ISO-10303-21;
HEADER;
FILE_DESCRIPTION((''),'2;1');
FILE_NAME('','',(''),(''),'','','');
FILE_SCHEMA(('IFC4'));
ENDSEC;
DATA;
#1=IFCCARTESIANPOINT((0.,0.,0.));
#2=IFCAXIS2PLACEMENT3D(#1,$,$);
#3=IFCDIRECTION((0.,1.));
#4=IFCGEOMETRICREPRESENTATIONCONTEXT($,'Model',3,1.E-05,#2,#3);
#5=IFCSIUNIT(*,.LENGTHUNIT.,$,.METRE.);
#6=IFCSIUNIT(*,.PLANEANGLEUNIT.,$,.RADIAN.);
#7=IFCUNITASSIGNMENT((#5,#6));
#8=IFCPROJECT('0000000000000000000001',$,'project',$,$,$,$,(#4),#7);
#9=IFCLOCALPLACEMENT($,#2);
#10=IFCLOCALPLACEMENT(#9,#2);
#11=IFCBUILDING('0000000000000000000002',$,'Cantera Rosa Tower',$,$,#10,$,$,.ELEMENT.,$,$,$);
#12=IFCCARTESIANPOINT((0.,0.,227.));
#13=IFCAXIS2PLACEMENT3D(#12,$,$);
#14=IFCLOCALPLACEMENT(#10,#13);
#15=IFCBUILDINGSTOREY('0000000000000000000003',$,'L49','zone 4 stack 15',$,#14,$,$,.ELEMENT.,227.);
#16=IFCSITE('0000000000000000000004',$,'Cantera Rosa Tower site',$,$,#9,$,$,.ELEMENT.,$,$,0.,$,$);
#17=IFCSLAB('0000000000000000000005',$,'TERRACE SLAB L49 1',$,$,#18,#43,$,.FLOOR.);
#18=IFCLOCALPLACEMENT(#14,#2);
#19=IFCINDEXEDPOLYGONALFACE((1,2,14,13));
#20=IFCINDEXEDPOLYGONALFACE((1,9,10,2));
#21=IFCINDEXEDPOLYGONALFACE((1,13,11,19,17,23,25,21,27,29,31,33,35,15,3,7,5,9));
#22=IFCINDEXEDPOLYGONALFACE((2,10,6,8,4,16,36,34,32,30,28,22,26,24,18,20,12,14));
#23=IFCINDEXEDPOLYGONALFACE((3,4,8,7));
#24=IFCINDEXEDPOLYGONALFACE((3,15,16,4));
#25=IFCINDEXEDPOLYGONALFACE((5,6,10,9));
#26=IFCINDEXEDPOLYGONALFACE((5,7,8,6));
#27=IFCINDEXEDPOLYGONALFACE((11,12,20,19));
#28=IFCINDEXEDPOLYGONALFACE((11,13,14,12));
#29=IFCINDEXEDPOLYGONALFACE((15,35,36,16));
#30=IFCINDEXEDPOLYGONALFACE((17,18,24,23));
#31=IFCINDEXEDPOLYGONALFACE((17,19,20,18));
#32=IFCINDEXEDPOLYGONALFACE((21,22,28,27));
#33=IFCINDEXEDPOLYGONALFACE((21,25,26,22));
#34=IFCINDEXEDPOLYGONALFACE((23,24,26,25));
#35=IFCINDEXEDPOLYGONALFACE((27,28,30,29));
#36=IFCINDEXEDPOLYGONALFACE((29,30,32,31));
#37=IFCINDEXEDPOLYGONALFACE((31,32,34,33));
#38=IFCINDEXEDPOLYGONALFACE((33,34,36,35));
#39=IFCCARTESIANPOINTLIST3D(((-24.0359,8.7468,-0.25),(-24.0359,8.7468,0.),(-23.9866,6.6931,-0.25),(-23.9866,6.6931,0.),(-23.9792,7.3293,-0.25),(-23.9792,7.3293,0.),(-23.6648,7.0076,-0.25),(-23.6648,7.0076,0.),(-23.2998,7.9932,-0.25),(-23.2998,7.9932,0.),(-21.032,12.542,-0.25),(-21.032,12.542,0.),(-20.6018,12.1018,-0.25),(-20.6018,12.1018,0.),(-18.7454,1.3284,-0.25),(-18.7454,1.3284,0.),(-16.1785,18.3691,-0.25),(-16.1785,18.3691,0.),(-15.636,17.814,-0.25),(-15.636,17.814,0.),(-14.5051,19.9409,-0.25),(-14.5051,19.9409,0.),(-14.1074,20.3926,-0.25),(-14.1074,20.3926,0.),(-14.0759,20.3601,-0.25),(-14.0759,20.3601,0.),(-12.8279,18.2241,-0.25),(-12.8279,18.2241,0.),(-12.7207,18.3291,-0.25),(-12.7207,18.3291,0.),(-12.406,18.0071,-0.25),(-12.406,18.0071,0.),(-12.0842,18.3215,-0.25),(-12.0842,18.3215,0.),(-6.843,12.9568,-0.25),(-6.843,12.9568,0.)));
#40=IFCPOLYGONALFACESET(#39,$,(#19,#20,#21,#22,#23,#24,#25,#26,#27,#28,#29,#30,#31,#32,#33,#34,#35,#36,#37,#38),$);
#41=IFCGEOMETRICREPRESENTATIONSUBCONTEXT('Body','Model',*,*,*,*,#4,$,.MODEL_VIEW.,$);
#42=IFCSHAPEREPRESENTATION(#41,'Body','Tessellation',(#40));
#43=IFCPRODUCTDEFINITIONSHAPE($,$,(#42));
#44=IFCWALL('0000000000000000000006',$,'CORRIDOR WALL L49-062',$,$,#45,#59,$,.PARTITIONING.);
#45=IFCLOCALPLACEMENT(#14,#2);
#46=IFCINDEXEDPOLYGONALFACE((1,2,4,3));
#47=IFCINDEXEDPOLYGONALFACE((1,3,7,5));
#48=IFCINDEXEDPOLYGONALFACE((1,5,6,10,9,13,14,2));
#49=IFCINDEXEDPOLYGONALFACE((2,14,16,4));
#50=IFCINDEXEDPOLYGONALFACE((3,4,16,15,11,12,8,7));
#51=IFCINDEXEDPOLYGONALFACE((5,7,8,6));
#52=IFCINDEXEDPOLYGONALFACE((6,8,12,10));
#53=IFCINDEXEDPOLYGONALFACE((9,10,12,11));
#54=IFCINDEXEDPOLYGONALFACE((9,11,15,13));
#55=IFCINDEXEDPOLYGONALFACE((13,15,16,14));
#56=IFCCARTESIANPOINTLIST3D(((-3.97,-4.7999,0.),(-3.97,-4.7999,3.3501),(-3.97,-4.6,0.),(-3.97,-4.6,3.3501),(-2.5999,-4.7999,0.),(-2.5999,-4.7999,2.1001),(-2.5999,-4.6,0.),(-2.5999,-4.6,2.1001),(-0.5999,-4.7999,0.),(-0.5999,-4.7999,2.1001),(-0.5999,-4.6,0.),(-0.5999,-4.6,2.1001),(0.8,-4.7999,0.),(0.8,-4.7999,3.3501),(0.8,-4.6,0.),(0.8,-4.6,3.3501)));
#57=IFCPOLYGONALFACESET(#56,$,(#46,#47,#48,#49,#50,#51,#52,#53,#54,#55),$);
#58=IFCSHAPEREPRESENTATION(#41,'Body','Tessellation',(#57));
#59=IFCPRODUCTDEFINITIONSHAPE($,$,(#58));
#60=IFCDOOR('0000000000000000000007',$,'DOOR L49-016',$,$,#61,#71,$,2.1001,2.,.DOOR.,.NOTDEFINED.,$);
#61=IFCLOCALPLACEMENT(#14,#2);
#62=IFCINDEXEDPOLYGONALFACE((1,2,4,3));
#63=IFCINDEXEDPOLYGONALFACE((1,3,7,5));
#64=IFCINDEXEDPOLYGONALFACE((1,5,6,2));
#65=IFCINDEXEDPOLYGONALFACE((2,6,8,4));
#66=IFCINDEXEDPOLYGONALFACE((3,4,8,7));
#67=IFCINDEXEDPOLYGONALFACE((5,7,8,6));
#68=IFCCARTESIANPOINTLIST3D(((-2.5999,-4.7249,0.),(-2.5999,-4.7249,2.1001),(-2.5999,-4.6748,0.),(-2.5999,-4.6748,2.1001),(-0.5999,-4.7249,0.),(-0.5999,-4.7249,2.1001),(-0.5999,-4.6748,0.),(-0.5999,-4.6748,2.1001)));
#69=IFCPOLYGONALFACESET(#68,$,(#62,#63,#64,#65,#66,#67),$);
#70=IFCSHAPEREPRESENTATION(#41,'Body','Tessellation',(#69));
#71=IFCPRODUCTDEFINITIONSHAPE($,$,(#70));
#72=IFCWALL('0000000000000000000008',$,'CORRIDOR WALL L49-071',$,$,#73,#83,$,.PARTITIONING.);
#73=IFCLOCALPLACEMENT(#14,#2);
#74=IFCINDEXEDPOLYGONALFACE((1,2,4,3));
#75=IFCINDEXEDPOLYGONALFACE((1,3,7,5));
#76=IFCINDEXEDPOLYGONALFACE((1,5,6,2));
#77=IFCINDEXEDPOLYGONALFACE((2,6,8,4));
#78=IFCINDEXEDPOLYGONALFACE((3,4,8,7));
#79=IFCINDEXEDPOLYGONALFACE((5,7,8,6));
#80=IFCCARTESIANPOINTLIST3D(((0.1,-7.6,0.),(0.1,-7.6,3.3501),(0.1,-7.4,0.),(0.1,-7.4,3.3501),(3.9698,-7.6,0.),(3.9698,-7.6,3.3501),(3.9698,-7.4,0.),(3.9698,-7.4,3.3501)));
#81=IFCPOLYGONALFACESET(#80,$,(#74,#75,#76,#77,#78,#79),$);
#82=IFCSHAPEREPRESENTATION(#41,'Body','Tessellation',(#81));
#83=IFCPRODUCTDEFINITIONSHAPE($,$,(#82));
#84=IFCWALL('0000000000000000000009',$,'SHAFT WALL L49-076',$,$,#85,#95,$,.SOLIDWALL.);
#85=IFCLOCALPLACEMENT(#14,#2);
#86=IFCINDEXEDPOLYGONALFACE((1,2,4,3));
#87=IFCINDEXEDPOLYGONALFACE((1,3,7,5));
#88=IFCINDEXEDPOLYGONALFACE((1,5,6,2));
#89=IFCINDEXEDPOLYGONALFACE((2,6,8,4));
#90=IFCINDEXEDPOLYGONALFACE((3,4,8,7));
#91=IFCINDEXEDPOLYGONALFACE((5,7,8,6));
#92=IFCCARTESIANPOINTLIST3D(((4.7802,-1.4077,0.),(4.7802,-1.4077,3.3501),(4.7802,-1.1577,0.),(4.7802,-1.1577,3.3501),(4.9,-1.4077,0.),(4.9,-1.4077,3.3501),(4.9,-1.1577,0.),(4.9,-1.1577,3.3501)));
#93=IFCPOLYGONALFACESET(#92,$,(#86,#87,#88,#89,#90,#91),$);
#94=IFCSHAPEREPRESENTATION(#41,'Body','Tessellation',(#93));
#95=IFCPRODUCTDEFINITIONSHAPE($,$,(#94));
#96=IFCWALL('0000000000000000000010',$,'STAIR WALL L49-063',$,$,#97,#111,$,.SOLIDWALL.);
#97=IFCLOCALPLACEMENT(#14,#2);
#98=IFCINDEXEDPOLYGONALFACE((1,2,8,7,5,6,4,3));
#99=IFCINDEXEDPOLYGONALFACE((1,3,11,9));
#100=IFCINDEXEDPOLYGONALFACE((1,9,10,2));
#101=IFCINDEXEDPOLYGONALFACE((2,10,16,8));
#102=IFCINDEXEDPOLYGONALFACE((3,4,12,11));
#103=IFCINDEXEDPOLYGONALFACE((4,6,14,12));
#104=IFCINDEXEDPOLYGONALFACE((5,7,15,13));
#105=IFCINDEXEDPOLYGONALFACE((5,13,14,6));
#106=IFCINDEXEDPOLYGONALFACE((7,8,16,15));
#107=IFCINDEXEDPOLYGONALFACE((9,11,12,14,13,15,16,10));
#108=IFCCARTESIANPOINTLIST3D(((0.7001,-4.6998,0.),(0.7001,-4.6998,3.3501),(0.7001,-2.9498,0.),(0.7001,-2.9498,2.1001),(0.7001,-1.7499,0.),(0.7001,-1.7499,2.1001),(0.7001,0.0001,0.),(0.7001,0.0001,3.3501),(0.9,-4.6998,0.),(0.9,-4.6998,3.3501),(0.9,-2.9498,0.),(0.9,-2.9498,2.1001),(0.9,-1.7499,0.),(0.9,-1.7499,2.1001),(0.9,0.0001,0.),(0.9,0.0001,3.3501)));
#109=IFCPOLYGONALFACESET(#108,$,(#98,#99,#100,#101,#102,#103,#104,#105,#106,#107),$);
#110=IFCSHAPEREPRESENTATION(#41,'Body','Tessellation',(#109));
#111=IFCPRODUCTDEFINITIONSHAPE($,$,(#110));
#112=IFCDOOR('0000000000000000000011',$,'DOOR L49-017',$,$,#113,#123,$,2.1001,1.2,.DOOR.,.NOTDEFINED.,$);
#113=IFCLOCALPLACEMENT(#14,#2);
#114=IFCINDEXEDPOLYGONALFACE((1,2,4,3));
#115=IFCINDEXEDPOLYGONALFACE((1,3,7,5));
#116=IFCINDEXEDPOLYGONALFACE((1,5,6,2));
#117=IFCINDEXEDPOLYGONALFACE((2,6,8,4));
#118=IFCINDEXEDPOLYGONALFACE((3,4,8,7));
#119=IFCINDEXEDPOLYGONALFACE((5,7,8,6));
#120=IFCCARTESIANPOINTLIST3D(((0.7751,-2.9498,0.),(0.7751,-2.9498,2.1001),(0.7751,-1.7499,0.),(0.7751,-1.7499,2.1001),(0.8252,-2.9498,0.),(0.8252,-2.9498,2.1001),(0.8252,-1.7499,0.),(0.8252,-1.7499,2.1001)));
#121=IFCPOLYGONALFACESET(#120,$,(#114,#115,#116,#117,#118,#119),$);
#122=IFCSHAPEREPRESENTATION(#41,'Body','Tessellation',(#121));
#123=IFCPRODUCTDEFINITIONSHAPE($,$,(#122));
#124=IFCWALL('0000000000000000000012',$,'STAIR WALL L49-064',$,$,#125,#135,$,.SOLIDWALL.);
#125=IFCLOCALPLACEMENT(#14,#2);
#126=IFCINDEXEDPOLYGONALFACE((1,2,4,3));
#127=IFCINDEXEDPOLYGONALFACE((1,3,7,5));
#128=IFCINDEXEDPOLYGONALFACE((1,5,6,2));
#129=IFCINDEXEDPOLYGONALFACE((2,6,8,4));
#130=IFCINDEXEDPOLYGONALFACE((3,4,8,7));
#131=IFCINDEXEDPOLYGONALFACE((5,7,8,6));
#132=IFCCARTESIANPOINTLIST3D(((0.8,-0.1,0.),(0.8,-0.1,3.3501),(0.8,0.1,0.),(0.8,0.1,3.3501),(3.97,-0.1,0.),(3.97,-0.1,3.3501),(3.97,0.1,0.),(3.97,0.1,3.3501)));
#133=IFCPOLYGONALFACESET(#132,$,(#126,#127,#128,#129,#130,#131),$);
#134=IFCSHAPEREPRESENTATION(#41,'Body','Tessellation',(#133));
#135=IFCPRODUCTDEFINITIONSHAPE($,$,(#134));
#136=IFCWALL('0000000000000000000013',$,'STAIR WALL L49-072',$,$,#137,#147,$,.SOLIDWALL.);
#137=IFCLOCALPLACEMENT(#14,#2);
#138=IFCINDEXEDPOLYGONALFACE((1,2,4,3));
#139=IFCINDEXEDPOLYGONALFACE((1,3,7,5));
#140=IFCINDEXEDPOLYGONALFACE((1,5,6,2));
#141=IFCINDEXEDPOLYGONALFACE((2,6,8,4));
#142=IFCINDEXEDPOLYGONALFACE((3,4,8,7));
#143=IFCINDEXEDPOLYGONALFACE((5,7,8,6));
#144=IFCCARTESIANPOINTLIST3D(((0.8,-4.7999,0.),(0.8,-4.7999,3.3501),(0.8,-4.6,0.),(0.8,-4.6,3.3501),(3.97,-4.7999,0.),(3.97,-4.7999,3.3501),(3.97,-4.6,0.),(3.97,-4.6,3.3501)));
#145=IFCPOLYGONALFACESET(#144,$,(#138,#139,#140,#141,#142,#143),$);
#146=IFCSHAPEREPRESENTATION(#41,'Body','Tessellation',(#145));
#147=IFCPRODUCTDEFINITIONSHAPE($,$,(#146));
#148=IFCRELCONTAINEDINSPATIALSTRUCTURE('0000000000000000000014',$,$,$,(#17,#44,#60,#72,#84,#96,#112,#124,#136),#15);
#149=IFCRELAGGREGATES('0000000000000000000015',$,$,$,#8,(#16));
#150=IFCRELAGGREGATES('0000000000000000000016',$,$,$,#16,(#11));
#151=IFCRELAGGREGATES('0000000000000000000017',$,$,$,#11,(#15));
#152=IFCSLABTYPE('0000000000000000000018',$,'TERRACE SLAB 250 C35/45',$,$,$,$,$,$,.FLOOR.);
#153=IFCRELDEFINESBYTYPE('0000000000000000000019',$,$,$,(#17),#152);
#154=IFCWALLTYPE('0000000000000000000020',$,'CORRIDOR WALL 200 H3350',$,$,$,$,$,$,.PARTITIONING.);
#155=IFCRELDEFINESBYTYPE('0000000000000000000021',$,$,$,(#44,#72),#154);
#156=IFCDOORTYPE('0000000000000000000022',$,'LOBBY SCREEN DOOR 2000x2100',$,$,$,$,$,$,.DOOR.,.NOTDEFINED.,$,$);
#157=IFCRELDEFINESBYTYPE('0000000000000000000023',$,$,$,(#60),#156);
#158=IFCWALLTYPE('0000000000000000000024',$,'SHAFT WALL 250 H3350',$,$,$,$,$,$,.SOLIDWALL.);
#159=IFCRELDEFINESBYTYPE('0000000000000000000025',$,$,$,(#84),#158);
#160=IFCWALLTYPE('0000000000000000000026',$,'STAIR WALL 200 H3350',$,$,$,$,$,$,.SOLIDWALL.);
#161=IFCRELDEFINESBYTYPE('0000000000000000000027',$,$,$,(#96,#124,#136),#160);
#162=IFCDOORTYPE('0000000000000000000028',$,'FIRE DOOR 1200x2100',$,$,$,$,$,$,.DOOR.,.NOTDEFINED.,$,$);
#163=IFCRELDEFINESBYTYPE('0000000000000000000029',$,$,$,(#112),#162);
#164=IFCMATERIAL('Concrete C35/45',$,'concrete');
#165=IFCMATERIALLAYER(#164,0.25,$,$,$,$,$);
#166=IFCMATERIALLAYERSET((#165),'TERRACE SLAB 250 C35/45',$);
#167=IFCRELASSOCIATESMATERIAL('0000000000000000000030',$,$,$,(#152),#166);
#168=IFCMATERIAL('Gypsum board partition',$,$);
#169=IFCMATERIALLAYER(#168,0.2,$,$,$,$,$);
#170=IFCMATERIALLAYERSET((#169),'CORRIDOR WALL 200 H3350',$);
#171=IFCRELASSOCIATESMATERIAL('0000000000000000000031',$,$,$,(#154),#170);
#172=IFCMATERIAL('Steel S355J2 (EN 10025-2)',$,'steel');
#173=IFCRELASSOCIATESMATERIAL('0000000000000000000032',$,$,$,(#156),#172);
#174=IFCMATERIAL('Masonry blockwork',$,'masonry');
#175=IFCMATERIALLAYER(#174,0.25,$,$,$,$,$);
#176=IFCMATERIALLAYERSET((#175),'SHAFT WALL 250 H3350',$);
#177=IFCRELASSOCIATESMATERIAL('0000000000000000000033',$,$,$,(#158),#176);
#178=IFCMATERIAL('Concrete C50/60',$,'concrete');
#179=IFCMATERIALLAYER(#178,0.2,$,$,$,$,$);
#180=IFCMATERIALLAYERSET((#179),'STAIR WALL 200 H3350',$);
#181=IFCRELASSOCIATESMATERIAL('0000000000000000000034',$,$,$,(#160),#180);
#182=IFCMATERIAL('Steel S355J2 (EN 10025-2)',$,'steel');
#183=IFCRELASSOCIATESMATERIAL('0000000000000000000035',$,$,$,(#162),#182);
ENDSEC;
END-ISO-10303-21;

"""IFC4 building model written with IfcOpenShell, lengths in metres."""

from ifc_helpers import new_model, si_unit, direction, frame, frame_2d, origin, place, context, subcontext, project, spatial, polyline, rectangle, outline, extrude, material, layer, layer_set, type_object, element, fill, save


model = new_model("IFC4")

# Units and contexts
model_context = context("Model", 3, precision=1e-05, world=origin(), true_north=direction((0.0, 1.0)))
body_context = subcontext(model_context, "Body", "Model", "MODEL_VIEW")
ifc_project = project(units=[si_unit("LENGTHUNIT", "METRE"), si_unit("PLANEANGLEUNIT", "RADIAN")], contexts=[model_context])

# Site, building, storey
site_placement = place(None, origin())
site = spatial("IfcSite", under=ifc_project, at=site_placement, Name="Cantera Rosa Tower site", CompositionType="ELEMENT", RefElevation=0.0)
building_placement = place(site_placement, origin())
building = spatial("IfcBuilding", under=site, at=building_placement, Name="Cantera Rosa Tower", CompositionType="ELEMENT")
storey_placement = place(building_placement, frame((0.0, 0.0, 227.0)))
storey = spatial("IfcBuildingStorey", under=building, at=storey_placement, Name="L49", Description="zone 4 stack 15", CompositionType="ELEMENT", Elevation=227.0)

# Slab
ifc_material_1 = material(Name="Concrete C35/45", Category="concrete")
ifc_layer_1 = layer(ifc_material_1, 0.25)
ifc_layer_set_1 = layer_set([ifc_layer_1], Name="TERRACE SLAB 250 C35/45")
slab_type_1 = type_object("IfcSlabType", Name="TERRACE SLAB 250 C35/45", PredefinedType="FLOOR", material=ifc_layer_set_1)
slab_1_placement = place(storey_placement, frame((0.0, 0.0, -0.25)))
element("IfcSlab", 1, at=slab_1_placement, inside=storey, type_object=slab_type_1, Name="TERRACE SLAB L49 1", PredefinedType="FLOOR", context=body_context, shape_type="SweptSolid", body=[
    extrude(outline(polyline([(-18.7454, 1.3284), (-23.9866, 6.6931), (-23.6648, 7.0076), (-23.9792, 7.3293), (-23.2998, 7.9932), (-24.0359, 8.7468), (-20.6018, 12.1018), (-21.032, 12.542), (-15.636, 17.814), (-16.1785, 18.3691), (-14.1074, 20.3926), (-14.0759, 20.3601), (-14.5051, 19.9409), (-12.8279, 18.2241), (-12.7207, 18.3291), (-12.406, 18.0071), (-12.0842, 18.3215), (-6.843, 12.9568), (-18.7454, 1.3284)])), origin(), (0.0, 0.0, 1.0), 0.25),
])

# Wall, opening, door
ifc_material_2 = material(Name="Gypsum board partition")
ifc_layer_2 = layer(ifc_material_2, 0.2)
ifc_layer_set_2 = layer_set([ifc_layer_2], Name="CORRIDOR WALL 200 H3350")
wall_type_1 = type_object("IfcWallType", Name="CORRIDOR WALL 200 H3350", PredefinedType="PARTITIONING", material=ifc_layer_set_2)
wall_1_placement = place(storey_placement, frame((0.8, -4.7, 0.0), z_axis=(0.0, 0.0, 1.0), x_axis=(-1.0, 0.0, 0.0)))
wall_1 = element("IfcWall", 2, at=wall_1_placement, inside=storey, type_object=wall_type_1, Name="CORRIDOR WALL L49-062", PredefinedType="PARTITIONING", context=body_context, shape_type="SweptSolid", body=[
    extrude(rectangle(XDim=4.77, YDim=0.2, at=frame_2d((2.385, 0.0))), origin(), (0.0, 0.0, 1.0), 3.3501),
])
opening_1_placement = place(wall_1_placement, frame((1.3999, 0.0, 0.0)))
opening_1 = element("IfcOpeningElement", 3, at=opening_1_placement, cuts=wall_1, PredefinedType="OPENING", context=body_context, shape_type="SweptSolid", body=[
    extrude(rectangle(XDim=2.0, YDim=2.1001, at=frame_2d((1.0, 1.05))), frame((0.0, 0.1099, 0.0), z_axis=(0.0, -1.0, 0.0), x_axis=(1.0, 0.0, 0.0)), (0.0, 0.0, 1.0), 0.22),
])
ifc_material_3 = material(Name="Steel S355J2 (EN 10025-2)", Category="steel")
door_type_1 = type_object("IfcDoorType", Name="LOBBY SCREEN DOOR 2000x2100", OperationType="NOTDEFINED", PredefinedType="DOOR", material=ifc_material_3)
door_1_placement = place(opening_1_placement, origin())
door_1 = element("IfcDoor", 4, at=door_1_placement, inside=storey, type_object=door_type_1, Name="DOOR L49-016", OperationType="NOTDEFINED", OverallHeight=2.1001, OverallWidth=2.0, PredefinedType="DOOR", context=body_context, shape_type="SweptSolid", body=[
    extrude(rectangle(XDim=2.0, YDim=2.1001, at=frame_2d((1.0, 1.05))), frame((0.0, 0.0249, 0.0), z_axis=(0.0, -1.0, 0.0), x_axis=(1.0, 0.0, 0.0)), (0.0, 0.0, 1.0), 0.05),
])
fill(opening_1, door_1)

# Walls
wall_2_placement = place(storey_placement, frame((3.97, -7.5, 0.0), z_axis=(0.0, 0.0, 1.0), x_axis=(-1.0, 0.0, 0.0)))
element("IfcWall", 5, at=wall_2_placement, inside=storey, type_object=wall_type_1, Name="CORRIDOR WALL L49-071", PredefinedType="PARTITIONING", context=body_context, shape_type="SweptSolid", body=[
    extrude(rectangle(XDim=3.8699, YDim=0.2, at=frame_2d((1.9351, 0.0))), origin(), (0.0, 0.0, 1.0), 3.3501),
])
ifc_material_4 = material(Name="Masonry blockwork", Category="masonry")
ifc_layer_3 = layer(ifc_material_4, 0.25)
ifc_layer_set_3 = layer_set([ifc_layer_3], Name="SHAFT WALL 250 H3350")
wall_type_2 = type_object("IfcWallType", Name="SHAFT WALL 250 H3350", PredefinedType="SOLIDWALL", material=ifc_layer_set_3)
wall_3_placement = place(storey_placement, frame((4.78, -1.2827, 0.0), z_axis=(0.0, 0.0, 1.0), x_axis=(1.0, 0.0, 0.0)))
element("IfcWall", 6, at=wall_3_placement, inside=storey, type_object=wall_type_2, Name="SHAFT WALL L49-076", PredefinedType="SOLIDWALL", context=body_context, shape_type="SweptSolid", body=[
    extrude(rectangle(XDim=0.1199, YDim=0.25, at=frame_2d((0.0601, 0.0))), origin(), (0.0, 0.0, 1.0), 3.3501),
])

# Wall, opening, door
ifc_material_5 = material(Name="Concrete C50/60", Category="concrete")
ifc_layer_4 = layer(ifc_material_5, 0.2)
ifc_layer_set_4 = layer_set([ifc_layer_4], Name="STAIR WALL 200 H3350")
wall_type_3 = type_object("IfcWallType", Name="STAIR WALL 200 H3350", PredefinedType="SOLIDWALL", material=ifc_layer_set_4)
wall_4_placement = place(storey_placement, frame((0.8, -4.7, 0.0), z_axis=(0.0, 0.0, 1.0), x_axis=(0.0, 1.0, 0.0)))
wall_4 = element("IfcWall", 7, at=wall_4_placement, inside=storey, type_object=wall_type_3, Name="STAIR WALL L49-063", PredefinedType="SOLIDWALL", context=body_context, shape_type="SweptSolid", body=[
    extrude(rectangle(XDim=4.7, YDim=0.2, at=frame_2d((2.3501, 0.0))), origin(), (0.0, 0.0, 1.0), 3.3501),
])
opening_2_placement = place(wall_4_placement, frame((1.75, 0.0, 0.0)))
opening_2 = element("IfcOpeningElement", 8, at=opening_2_placement, cuts=wall_4, PredefinedType="OPENING", context=body_context, shape_type="SweptSolid", body=[
    extrude(rectangle(XDim=1.2, YDim=2.1001, at=frame_2d((0.6001, 1.05))), frame((0.0, 0.1099, 0.0), z_axis=(0.0, -1.0, 0.0), x_axis=(1.0, 0.0, 0.0)), (0.0, 0.0, 1.0), 0.22),
])
ifc_material_6 = material(Name="Steel S355J2 (EN 10025-2)", Category="steel")
door_type_2 = type_object("IfcDoorType", Name="FIRE DOOR 1200x2100", OperationType="NOTDEFINED", PredefinedType="DOOR", material=ifc_material_6)
door_2_placement = place(opening_2_placement, origin())
door_2 = element("IfcDoor", 9, at=door_2_placement, inside=storey, type_object=door_type_2, Name="DOOR L49-017", OperationType="NOTDEFINED", OverallHeight=2.1001, OverallWidth=1.2, PredefinedType="DOOR", context=body_context, shape_type="SweptSolid", body=[
    extrude(rectangle(XDim=1.2, YDim=2.1001, at=frame_2d((0.6001, 1.05))), frame((0.0, 0.0249, 0.0), z_axis=(0.0, -1.0, 0.0), x_axis=(1.0, 0.0, 0.0)), (0.0, 0.0, 1.0), 0.05),
])
fill(opening_2, door_2)

# Walls
for number, where, z_axis, x_axis, name in (
    (10, (0.8, 0.0, 0.0), (0.0, 0.0, 1.0), (1.0, 0.0, 0.0), "STAIR WALL L49-064"),
    (11, (3.97, -4.7, 0.0), (0.0, 0.0, 1.0), (-1.0, 0.0, 0.0), "STAIR WALL L49-072"),
):
    element("IfcWall", number, at=place(storey_placement, frame(where, z_axis=z_axis, x_axis=x_axis)), inside=storey, type_object=wall_type_3, Name=name, PredefinedType="SOLIDWALL", context=body_context, shape_type="SweptSolid", body=[
        extrude(rectangle(XDim=3.1699, YDim=0.2, at=frame_2d((1.585, 0.0))), origin(), (0.0, 0.0, 1.0), 3.3501),
    ])

save(model, "model.ifc")
